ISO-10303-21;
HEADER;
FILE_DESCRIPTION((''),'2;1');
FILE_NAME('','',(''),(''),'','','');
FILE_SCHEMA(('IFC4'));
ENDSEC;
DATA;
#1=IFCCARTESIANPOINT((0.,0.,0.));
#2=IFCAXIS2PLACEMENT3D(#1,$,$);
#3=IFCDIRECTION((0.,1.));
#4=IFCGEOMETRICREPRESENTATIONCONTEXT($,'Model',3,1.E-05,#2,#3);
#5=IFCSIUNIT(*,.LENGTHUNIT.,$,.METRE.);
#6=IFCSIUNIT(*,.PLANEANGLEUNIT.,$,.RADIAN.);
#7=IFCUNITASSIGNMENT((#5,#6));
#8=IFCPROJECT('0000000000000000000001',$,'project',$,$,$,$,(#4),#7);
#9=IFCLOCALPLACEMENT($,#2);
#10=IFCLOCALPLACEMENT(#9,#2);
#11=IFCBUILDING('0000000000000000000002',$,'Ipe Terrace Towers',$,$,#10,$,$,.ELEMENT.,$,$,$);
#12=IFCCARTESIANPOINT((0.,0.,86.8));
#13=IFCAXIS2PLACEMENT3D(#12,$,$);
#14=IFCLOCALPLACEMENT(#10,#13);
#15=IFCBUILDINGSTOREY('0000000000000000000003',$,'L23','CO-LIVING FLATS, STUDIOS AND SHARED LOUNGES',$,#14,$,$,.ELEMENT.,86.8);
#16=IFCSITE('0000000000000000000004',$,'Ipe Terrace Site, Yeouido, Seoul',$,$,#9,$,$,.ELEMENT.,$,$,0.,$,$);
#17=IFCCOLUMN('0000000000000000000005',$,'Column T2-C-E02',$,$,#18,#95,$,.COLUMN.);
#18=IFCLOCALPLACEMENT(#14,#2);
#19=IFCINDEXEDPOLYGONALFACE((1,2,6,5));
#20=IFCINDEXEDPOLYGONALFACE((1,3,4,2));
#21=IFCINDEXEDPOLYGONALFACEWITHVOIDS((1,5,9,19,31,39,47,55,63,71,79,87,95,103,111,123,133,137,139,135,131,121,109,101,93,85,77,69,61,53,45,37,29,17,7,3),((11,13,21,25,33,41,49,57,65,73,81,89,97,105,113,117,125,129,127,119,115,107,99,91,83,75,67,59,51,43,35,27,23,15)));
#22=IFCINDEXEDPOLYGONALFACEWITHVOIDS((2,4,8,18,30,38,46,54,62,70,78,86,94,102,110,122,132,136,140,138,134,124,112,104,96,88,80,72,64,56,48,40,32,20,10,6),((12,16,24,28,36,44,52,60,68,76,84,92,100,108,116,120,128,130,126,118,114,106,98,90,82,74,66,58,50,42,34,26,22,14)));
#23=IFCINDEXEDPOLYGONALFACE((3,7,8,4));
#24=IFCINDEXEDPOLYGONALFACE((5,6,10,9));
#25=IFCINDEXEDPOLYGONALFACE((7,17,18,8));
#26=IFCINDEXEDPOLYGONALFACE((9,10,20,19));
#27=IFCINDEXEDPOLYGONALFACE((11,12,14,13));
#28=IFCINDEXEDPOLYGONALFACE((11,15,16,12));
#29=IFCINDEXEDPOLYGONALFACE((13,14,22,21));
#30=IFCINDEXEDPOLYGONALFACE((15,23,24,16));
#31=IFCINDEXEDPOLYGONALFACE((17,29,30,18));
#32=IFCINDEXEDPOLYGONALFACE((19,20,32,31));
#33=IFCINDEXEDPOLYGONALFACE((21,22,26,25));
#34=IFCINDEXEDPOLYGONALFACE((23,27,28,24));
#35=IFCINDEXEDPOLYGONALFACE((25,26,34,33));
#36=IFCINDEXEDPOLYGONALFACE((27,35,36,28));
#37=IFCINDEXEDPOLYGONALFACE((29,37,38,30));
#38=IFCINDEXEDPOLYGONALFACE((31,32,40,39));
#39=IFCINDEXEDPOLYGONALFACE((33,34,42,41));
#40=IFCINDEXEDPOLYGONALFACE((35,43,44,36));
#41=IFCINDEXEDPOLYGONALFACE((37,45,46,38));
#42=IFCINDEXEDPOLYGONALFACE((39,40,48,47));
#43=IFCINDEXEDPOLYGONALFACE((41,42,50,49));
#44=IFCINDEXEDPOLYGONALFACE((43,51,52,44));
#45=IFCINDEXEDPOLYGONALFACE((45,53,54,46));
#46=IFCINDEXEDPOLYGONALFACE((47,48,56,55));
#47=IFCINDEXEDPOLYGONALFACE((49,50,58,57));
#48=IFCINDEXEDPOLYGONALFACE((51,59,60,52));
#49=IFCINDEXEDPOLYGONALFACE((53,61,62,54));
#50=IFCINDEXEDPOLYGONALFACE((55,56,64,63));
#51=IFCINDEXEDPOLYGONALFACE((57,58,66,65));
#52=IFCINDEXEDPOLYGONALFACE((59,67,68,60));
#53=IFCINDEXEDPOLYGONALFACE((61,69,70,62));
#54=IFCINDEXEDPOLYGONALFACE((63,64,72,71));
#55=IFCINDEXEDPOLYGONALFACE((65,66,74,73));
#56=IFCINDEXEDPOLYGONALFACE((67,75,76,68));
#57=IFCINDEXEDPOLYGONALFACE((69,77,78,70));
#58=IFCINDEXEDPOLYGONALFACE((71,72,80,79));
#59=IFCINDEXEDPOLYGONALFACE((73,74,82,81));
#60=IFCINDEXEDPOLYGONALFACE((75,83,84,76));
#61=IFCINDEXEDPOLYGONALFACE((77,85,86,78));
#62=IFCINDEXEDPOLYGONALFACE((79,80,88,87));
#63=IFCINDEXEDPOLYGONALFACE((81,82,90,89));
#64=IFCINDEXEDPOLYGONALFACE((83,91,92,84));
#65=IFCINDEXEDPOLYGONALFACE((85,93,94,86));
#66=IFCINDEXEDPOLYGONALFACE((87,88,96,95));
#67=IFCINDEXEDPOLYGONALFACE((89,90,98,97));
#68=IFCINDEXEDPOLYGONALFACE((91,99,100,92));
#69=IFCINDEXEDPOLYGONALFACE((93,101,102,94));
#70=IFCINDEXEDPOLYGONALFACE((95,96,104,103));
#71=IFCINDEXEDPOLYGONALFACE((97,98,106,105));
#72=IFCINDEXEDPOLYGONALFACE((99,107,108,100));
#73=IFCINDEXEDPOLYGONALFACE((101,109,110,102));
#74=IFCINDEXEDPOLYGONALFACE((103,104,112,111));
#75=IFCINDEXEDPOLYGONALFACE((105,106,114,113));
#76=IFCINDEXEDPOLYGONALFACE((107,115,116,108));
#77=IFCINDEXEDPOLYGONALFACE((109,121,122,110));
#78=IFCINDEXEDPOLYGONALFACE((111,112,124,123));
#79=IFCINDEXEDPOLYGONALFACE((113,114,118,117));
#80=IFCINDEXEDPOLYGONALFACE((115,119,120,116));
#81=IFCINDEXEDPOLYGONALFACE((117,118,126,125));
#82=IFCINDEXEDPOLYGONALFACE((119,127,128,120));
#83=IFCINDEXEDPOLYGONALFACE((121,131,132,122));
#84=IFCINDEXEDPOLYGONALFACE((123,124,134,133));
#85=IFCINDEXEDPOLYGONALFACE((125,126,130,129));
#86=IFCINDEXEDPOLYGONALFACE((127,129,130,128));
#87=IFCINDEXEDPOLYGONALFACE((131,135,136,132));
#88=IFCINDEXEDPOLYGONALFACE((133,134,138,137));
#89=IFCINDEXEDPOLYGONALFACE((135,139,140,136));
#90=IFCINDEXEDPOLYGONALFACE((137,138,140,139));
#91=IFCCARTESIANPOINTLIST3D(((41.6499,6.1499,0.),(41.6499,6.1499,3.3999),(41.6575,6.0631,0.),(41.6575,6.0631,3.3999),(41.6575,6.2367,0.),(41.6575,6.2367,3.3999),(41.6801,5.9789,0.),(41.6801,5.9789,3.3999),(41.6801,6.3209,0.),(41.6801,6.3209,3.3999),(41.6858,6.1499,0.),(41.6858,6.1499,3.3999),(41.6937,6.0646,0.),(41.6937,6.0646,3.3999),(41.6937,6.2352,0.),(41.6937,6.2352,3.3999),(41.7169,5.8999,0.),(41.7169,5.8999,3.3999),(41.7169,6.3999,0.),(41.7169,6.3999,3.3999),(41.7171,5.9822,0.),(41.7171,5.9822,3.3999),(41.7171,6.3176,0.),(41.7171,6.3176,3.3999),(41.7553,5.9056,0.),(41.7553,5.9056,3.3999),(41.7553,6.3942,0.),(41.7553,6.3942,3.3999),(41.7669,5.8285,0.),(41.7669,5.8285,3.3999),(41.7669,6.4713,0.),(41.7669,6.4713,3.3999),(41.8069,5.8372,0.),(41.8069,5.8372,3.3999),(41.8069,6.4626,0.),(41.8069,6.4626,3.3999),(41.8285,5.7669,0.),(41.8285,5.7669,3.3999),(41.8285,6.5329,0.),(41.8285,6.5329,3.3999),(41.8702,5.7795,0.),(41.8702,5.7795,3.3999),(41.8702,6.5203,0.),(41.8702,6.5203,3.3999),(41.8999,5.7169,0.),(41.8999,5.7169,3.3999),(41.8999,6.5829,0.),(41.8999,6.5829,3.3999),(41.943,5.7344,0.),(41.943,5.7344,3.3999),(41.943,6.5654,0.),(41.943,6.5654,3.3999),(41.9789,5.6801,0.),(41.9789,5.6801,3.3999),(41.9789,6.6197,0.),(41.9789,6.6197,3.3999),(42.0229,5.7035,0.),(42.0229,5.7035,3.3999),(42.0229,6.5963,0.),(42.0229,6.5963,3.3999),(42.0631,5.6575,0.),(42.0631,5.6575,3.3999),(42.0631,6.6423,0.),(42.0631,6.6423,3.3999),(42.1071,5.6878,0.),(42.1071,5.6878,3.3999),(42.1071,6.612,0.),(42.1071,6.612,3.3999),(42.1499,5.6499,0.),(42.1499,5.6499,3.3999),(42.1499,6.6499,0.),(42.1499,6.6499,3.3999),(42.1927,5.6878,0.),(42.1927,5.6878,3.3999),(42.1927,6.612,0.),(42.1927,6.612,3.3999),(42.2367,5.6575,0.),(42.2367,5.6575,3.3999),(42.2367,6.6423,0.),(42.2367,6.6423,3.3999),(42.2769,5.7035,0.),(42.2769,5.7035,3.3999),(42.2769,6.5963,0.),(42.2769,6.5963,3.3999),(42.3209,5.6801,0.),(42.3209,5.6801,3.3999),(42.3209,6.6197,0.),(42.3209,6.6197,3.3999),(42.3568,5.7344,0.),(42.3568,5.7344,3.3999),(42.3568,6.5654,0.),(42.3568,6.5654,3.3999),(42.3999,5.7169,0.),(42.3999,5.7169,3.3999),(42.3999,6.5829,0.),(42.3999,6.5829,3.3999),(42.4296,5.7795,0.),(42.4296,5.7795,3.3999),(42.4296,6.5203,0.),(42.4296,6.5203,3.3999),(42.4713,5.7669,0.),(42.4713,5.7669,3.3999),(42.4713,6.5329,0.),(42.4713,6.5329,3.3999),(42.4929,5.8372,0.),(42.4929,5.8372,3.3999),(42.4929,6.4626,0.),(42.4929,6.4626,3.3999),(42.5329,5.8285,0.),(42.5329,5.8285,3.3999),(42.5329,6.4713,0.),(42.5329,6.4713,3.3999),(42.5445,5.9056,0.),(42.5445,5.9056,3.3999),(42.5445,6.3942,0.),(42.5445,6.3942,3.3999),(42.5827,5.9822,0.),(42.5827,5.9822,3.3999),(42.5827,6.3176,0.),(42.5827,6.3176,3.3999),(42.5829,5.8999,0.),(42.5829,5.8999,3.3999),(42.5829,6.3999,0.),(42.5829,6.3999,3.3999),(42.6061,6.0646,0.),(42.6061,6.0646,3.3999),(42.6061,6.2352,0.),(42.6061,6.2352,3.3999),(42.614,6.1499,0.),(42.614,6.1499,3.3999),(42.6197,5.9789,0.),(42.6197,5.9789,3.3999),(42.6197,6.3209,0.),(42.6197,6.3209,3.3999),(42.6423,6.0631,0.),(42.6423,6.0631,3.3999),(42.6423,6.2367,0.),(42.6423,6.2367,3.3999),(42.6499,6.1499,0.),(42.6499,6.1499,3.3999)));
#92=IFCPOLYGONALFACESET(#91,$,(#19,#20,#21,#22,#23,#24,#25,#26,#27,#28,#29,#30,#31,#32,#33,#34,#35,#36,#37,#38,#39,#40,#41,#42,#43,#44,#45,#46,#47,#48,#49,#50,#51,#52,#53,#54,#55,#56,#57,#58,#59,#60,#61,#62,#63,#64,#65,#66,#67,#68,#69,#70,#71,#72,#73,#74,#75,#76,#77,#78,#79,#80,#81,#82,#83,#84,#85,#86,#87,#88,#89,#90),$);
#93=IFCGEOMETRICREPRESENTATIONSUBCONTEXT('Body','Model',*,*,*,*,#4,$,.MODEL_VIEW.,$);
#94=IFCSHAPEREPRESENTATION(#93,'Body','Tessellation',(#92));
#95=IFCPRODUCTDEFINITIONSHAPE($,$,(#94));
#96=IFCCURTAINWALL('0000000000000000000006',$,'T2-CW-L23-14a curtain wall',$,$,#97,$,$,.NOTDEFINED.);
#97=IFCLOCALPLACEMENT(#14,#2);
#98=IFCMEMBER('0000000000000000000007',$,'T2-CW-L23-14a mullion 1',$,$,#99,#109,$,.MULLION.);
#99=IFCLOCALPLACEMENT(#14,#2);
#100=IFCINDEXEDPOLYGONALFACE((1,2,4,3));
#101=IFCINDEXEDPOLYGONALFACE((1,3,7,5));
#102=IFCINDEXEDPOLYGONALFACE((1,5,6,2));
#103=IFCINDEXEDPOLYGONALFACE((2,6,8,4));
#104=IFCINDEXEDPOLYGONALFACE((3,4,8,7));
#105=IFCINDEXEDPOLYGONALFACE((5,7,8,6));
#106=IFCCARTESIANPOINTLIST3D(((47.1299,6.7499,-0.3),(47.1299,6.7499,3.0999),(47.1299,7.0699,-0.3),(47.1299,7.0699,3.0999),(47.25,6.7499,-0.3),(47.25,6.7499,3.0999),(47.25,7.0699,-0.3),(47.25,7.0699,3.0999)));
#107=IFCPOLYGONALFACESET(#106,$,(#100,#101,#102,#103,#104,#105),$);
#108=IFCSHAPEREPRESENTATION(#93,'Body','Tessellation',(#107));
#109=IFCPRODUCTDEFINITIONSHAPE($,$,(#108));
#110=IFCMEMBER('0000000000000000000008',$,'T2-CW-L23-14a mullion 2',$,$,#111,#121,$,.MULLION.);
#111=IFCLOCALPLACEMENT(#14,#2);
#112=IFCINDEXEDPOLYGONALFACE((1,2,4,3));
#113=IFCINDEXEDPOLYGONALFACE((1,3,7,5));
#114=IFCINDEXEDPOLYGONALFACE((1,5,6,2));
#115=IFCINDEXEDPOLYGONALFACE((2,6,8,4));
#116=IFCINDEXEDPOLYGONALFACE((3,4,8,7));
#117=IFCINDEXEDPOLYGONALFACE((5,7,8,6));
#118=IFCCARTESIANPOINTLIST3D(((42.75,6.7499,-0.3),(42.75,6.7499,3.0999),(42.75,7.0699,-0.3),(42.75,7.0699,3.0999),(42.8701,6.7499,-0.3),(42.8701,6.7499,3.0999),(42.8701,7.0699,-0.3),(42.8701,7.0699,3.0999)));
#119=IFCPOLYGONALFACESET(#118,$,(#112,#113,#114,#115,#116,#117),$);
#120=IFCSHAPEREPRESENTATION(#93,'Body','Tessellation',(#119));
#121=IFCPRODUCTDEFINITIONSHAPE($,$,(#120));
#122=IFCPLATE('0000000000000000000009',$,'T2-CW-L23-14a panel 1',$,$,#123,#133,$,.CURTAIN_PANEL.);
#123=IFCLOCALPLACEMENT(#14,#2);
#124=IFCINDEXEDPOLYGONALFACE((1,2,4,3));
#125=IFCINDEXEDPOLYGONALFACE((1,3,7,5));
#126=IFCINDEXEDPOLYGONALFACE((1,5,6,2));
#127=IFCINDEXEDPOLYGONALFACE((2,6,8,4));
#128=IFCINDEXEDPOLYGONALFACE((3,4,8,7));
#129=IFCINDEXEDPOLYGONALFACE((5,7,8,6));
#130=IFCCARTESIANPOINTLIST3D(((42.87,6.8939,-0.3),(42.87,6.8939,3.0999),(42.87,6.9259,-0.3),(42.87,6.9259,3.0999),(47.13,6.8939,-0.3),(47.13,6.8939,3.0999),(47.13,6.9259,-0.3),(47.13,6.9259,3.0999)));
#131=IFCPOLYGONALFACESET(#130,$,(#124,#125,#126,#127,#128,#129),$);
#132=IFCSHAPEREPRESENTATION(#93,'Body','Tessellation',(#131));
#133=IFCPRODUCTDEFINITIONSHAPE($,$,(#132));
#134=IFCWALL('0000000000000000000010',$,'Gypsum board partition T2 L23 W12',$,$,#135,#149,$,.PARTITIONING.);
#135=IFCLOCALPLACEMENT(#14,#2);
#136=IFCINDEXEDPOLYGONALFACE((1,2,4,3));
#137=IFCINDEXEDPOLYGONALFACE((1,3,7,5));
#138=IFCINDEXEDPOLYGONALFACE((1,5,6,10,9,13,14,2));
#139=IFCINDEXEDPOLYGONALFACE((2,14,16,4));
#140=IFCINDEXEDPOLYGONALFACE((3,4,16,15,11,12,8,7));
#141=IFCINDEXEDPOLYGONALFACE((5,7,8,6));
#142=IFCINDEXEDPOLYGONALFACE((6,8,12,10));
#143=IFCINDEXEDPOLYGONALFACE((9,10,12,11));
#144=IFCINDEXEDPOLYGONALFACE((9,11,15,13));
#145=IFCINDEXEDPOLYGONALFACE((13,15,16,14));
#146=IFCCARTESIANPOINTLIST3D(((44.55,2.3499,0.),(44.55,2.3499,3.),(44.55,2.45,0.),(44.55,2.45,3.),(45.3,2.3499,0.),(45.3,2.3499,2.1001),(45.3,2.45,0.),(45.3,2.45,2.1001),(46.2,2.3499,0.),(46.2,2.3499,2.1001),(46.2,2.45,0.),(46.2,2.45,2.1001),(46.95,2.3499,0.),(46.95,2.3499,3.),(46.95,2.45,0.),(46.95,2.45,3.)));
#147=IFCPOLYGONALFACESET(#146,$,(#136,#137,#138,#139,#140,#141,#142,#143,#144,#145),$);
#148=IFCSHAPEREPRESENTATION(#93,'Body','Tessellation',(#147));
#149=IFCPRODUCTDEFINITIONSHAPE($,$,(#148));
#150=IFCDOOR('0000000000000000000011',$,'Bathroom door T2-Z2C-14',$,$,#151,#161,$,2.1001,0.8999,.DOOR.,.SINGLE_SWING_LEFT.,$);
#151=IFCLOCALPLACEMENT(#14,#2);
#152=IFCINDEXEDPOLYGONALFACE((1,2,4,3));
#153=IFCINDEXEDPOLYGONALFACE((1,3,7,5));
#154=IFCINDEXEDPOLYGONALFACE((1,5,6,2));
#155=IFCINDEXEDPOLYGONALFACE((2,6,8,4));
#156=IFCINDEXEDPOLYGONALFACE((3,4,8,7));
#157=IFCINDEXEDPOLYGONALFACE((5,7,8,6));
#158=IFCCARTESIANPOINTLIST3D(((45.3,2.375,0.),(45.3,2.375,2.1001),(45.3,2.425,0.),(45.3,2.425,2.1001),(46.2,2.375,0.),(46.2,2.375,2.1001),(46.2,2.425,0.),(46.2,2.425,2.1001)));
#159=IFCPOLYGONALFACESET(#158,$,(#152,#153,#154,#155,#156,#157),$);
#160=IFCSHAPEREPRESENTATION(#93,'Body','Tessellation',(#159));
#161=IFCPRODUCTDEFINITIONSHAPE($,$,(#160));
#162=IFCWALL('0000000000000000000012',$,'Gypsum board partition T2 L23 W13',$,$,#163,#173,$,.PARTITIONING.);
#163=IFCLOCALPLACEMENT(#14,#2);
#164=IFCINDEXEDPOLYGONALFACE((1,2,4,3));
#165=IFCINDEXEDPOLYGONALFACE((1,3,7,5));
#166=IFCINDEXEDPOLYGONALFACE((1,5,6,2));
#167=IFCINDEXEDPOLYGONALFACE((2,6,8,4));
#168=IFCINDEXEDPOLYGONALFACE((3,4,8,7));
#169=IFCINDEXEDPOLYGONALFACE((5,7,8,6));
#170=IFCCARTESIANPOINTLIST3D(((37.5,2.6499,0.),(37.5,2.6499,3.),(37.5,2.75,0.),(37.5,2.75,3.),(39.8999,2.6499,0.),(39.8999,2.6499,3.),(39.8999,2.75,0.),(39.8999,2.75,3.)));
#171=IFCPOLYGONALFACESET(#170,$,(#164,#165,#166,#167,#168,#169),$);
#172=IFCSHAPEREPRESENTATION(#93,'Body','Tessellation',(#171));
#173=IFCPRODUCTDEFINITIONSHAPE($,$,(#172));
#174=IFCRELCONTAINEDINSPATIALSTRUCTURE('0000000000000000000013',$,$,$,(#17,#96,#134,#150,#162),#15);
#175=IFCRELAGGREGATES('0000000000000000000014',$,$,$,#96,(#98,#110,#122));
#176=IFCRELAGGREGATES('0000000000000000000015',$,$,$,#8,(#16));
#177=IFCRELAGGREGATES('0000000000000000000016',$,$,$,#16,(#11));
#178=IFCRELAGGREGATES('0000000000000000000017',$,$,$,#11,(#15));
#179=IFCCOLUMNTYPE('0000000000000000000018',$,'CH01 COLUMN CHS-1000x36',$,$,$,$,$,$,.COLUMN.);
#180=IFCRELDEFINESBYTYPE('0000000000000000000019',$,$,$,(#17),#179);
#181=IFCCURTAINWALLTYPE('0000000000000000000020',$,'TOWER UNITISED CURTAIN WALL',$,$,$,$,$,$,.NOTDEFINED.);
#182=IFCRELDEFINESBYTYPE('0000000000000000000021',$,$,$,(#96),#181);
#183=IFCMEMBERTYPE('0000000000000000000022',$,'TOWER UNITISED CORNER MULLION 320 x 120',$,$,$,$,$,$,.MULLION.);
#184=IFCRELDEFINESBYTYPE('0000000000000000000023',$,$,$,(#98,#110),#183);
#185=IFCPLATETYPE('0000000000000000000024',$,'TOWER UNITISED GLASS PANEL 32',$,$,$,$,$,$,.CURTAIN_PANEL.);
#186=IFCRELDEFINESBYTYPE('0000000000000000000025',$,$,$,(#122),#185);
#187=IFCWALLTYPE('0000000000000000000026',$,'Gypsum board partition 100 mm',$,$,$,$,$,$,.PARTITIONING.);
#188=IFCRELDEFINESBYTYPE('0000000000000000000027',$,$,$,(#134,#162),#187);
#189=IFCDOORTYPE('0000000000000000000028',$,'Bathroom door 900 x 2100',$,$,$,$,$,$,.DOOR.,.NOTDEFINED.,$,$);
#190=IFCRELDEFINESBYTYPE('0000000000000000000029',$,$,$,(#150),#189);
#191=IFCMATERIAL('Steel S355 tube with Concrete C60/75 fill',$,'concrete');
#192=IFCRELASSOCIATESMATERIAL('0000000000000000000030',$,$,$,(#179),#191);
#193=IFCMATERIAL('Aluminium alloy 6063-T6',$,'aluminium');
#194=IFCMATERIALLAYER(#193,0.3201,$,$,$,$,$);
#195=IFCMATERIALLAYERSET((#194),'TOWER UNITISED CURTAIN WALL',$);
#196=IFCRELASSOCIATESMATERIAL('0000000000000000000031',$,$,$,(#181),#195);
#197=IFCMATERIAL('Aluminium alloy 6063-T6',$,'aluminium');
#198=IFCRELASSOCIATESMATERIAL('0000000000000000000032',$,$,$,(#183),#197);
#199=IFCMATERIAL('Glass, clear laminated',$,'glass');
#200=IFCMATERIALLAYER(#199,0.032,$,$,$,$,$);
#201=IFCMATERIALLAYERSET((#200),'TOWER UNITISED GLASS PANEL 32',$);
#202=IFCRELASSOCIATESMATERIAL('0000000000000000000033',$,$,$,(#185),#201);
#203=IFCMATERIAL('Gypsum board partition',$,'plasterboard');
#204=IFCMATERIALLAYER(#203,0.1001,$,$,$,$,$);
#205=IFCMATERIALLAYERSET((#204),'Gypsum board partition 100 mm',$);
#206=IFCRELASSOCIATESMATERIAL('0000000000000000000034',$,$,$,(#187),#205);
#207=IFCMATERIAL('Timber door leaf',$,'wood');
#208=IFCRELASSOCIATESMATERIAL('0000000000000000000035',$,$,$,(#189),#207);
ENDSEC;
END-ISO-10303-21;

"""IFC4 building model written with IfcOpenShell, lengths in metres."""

from ifc_helpers import new_model, si_unit, direction, frame, frame_2d, origin, origin_2d, place, context, subcontext, project, spatial, rectangle, hollow_circle, extrude, material, layer, layer_set, material_profile, profile_set, type_object, element, fill, aggregate, save


model = new_model("IFC4")

# Units and contexts
model_context = context("Model", 3, precision=1e-05, world=origin(), true_north=direction((0.0, 1.0)))
body_context = subcontext(model_context, "Body", "Model", "MODEL_VIEW")
ifc_project = project(units=[si_unit("LENGTHUNIT", "METRE"), si_unit("PLANEANGLEUNIT", "RADIAN")], contexts=[model_context])

# Site, building, storey
site_placement = place(None, origin())
site = spatial("IfcSite", under=ifc_project, at=site_placement, Name="Ipe Terrace Site, Yeouido, Seoul", CompositionType="ELEMENT", RefElevation=0.0)
building_placement = place(site_placement, origin())
building = spatial("IfcBuilding", under=site, at=building_placement, Name="Ipe Terrace Towers", CompositionType="ELEMENT")
storey_placement = place(building_placement, frame((0.0, 0.0, 86.8)))
storey = spatial("IfcBuildingStorey", under=building, at=storey_placement, Name="L23", Description="CO-LIVING FLATS, STUDIOS AND SHARED LOUNGES", CompositionType="ELEMENT", Elevation=86.8)

# Column
ifc_material_1 = material(Name="Steel S355 tube with Concrete C60/75 fill", Category="concrete")
ifc_material_profile_1 = material_profile(ifc_material_1, hollow_circle(Radius=0.5, WallThickness=0.0359, at=origin_2d()), Name="CHS-1000x36")
ifc_profile_set_1 = profile_set([ifc_material_profile_1], Name="Steel S355 tube with Concrete C60/75 fill")
column_type = type_object("IfcColumnType", Name="CH01 COLUMN CHS-1000x36", PredefinedType="COLUMN", material=ifc_profile_set_1)
column_placement = place(storey_placement, frame((42.1499, 6.1499, 0.0), z_axis=(0.0, 0.0, 1.0), x_axis=(1.0, 0.0, 0.0)))
element("IfcColumn", 1, at=column_placement, inside=storey, type_object=column_type, Name="Column T2-C-E02", PredefinedType="COLUMN", context=body_context, shape_type="SweptSolid", body=[
    extrude(hollow_circle(Radius=0.5, WallThickness=0.0359, at=origin_2d()), origin(), (0.0, 0.0, 1.0), 3.3999),
])

# Curtain wall, members, plate
ifc_material_2 = material(Name="Aluminium alloy 6063-T6", Category="aluminium")
ifc_layer_1 = layer(ifc_material_2, 0.3201)
ifc_layer_set_1 = layer_set([ifc_layer_1], Name="TOWER UNITISED CURTAIN WALL")
curtain_wall_type = type_object("IfcCurtainWallType", Name="TOWER UNITISED CURTAIN WALL", PredefinedType="NOTDEFINED", material=ifc_layer_set_1)
curtain_wall_placement = place(storey_placement, origin())
curtain_wall = element("IfcCurtainWall", 2, at=curtain_wall_placement, inside=storey, type_object=curtain_wall_type, Name="T2-CW-L23-14a curtain wall", PredefinedType="NOTDEFINED")
ifc_material_3 = material(Name="Aluminium alloy 6063-T6", Category="aluminium")
ifc_material_profile_2 = material_profile(ifc_material_3, rectangle(XDim=0.3201, YDim=0.1201, at=origin_2d()), Name="TOWER UNITISED CORNER MULLION 320 x 120")
ifc_profile_set_2 = profile_set([ifc_material_profile_2], Name="Aluminium alloy 6063-T6")
member_type = type_object("IfcMemberType", Name="TOWER UNITISED CORNER MULLION 320 x 120", PredefinedType="MULLION", material=ifc_profile_set_2)
member_1_placement = place(storey_placement, frame((47.1899, 6.9099, -0.3), z_axis=(0.0, 0.0, 1.0), x_axis=(0.0, 1.0, 0.0)))
member_1 = element("IfcMember", 3, at=member_1_placement, type_object=member_type, Name="T2-CW-L23-14a mullion 1", PredefinedType="MULLION", context=body_context, shape_type="SweptSolid", body=[
    extrude(rectangle(XDim=0.3201, YDim=0.1201, at=origin_2d()), origin(), (0.0, 0.0, 1.0), 3.3999),
])
member_2_placement = place(storey_placement, frame((42.8101, 6.9099, -0.3), z_axis=(0.0, 0.0, 1.0), x_axis=(0.0, 1.0, 0.0)))
member_2 = element("IfcMember", 4, at=member_2_placement, type_object=member_type, Name="T2-CW-L23-14a mullion 2", PredefinedType="MULLION", context=body_context, shape_type="SweptSolid", body=[
    extrude(rectangle(XDim=0.3201, YDim=0.1201, at=origin_2d()), origin(), (0.0, 0.0, 1.0), 3.3999),
])
ifc_material_4 = material(Name="Glass, clear laminated", Category="glass")
ifc_layer_2 = layer(ifc_material_4, 0.032)
ifc_layer_set_2 = layer_set([ifc_layer_2], Name="TOWER UNITISED GLASS PANEL 32")
plate_type = type_object("IfcPlateType", Name="TOWER UNITISED GLASS PANEL 32", PredefinedType="CURTAIN_PANEL", material=ifc_layer_set_2)
plate_placement = place(storey_placement, frame((45.0, 6.9099, -0.3), z_axis=(0.0, 0.0, 1.0), x_axis=(-1.0, 0.0, 0.0)))
plate = element("IfcPlate", 5, at=plate_placement, type_object=plate_type, Name="T2-CW-L23-14a panel 1", PredefinedType="CURTAIN_PANEL", context=body_context, shape_type="SweptSolid", body=[
    extrude(rectangle(XDim=4.26, YDim=0.032, at=origin_2d()), origin(), (0.0, 0.0, 1.0), 3.3999),
])
aggregate(curtain_wall, [member_1, member_2, plate])

# Wall, opening, door
ifc_material_5 = material(Name="Gypsum board partition", Category="plasterboard")
ifc_layer_3 = layer(ifc_material_5, 0.1001)
ifc_layer_set_3 = layer_set([ifc_layer_3], Name="Gypsum board partition 100 mm")
wall_type_1 = type_object("IfcWallType", Name="Gypsum board partition 100 mm", PredefinedType="PARTITIONING", material=ifc_layer_set_3)
wall_1_placement = place(storey_placement, frame((46.95, 2.3999, 0.0), z_axis=(0.0, 0.0, 1.0), x_axis=(-1.0, 0.0, 0.0)))
wall_1 = element("IfcWall", 6, at=wall_1_placement, inside=storey, type_object=wall_type_1, Name="Gypsum board partition T2 L23 W12", PredefinedType="PARTITIONING", context=body_context, shape_type="SweptSolid", body=[
    extrude(rectangle(XDim=2.3999, YDim=0.1001, at=frame_2d((1.2, 0.0))), origin(), (0.0, 0.0, 1.0), 3.0),
])
opening_1_placement = place(wall_1_placement, frame((0.75, 0.0, 0.0)))
opening_1 = element("IfcOpeningElement", 7, at=opening_1_placement, cuts=wall_1, PredefinedType="OPENING", context=body_context, shape_type="SweptSolid", body=[
    extrude(rectangle(XDim=0.8999, YDim=2.1001, at=frame_2d((0.45, 1.05))), frame((0.0, 0.0601, 0.0), z_axis=(0.0, -1.0, 0.0), x_axis=(1.0, 0.0, 0.0)), (0.0, 0.0, 1.0), 0.1201),
])
ifc_material_6 = material(Name="Timber door leaf", Category="wood")
door_type_1 = type_object("IfcDoorType", Name="Bathroom door 900 x 2100", OperationType="NOTDEFINED", PredefinedType="DOOR", material=ifc_material_6)
door_1_placement = place(opening_1_placement, origin())
door_1 = element("IfcDoor", 8, at=door_1_placement, inside=storey, type_object=door_type_1, Name="Bathroom door T2-Z2C-14", OperationType="SINGLE_SWING_LEFT", OverallHeight=2.1001, OverallWidth=0.8999, PredefinedType="DOOR", context=body_context, shape_type="SweptSolid", body=[
    extrude(rectangle(XDim=0.8999, YDim=2.1001, at=frame_2d((0.45, 1.05))), frame((0.0, 0.0249, 0.0), z_axis=(0.0, -1.0, 0.0), x_axis=(1.0, 0.0, 0.0)), (0.0, 0.0, 1.0), 0.05),
])
fill(opening_1, door_1)

# Wall
wall_2_placement = place(storey_placement, frame((39.8999, 2.7, 0.0), z_axis=(0.0, 0.0, 1.0), x_axis=(-1.0, 0.0, 0.0)))
element("IfcWall", 9, at=wall_2_placement, inside=storey, type_object=wall_type_1, Name="Gypsum board partition T2 L23 W13", PredefinedType="PARTITIONING", context=body_context, shape_type="SweptSolid", body=[
    extrude(rectangle(XDim=2.3999, YDim=0.1001, at=frame_2d((1.2, 0.0))), origin(), (0.0, 0.0, 1.0), 3.0),
])

save(model, "model.ifc")
